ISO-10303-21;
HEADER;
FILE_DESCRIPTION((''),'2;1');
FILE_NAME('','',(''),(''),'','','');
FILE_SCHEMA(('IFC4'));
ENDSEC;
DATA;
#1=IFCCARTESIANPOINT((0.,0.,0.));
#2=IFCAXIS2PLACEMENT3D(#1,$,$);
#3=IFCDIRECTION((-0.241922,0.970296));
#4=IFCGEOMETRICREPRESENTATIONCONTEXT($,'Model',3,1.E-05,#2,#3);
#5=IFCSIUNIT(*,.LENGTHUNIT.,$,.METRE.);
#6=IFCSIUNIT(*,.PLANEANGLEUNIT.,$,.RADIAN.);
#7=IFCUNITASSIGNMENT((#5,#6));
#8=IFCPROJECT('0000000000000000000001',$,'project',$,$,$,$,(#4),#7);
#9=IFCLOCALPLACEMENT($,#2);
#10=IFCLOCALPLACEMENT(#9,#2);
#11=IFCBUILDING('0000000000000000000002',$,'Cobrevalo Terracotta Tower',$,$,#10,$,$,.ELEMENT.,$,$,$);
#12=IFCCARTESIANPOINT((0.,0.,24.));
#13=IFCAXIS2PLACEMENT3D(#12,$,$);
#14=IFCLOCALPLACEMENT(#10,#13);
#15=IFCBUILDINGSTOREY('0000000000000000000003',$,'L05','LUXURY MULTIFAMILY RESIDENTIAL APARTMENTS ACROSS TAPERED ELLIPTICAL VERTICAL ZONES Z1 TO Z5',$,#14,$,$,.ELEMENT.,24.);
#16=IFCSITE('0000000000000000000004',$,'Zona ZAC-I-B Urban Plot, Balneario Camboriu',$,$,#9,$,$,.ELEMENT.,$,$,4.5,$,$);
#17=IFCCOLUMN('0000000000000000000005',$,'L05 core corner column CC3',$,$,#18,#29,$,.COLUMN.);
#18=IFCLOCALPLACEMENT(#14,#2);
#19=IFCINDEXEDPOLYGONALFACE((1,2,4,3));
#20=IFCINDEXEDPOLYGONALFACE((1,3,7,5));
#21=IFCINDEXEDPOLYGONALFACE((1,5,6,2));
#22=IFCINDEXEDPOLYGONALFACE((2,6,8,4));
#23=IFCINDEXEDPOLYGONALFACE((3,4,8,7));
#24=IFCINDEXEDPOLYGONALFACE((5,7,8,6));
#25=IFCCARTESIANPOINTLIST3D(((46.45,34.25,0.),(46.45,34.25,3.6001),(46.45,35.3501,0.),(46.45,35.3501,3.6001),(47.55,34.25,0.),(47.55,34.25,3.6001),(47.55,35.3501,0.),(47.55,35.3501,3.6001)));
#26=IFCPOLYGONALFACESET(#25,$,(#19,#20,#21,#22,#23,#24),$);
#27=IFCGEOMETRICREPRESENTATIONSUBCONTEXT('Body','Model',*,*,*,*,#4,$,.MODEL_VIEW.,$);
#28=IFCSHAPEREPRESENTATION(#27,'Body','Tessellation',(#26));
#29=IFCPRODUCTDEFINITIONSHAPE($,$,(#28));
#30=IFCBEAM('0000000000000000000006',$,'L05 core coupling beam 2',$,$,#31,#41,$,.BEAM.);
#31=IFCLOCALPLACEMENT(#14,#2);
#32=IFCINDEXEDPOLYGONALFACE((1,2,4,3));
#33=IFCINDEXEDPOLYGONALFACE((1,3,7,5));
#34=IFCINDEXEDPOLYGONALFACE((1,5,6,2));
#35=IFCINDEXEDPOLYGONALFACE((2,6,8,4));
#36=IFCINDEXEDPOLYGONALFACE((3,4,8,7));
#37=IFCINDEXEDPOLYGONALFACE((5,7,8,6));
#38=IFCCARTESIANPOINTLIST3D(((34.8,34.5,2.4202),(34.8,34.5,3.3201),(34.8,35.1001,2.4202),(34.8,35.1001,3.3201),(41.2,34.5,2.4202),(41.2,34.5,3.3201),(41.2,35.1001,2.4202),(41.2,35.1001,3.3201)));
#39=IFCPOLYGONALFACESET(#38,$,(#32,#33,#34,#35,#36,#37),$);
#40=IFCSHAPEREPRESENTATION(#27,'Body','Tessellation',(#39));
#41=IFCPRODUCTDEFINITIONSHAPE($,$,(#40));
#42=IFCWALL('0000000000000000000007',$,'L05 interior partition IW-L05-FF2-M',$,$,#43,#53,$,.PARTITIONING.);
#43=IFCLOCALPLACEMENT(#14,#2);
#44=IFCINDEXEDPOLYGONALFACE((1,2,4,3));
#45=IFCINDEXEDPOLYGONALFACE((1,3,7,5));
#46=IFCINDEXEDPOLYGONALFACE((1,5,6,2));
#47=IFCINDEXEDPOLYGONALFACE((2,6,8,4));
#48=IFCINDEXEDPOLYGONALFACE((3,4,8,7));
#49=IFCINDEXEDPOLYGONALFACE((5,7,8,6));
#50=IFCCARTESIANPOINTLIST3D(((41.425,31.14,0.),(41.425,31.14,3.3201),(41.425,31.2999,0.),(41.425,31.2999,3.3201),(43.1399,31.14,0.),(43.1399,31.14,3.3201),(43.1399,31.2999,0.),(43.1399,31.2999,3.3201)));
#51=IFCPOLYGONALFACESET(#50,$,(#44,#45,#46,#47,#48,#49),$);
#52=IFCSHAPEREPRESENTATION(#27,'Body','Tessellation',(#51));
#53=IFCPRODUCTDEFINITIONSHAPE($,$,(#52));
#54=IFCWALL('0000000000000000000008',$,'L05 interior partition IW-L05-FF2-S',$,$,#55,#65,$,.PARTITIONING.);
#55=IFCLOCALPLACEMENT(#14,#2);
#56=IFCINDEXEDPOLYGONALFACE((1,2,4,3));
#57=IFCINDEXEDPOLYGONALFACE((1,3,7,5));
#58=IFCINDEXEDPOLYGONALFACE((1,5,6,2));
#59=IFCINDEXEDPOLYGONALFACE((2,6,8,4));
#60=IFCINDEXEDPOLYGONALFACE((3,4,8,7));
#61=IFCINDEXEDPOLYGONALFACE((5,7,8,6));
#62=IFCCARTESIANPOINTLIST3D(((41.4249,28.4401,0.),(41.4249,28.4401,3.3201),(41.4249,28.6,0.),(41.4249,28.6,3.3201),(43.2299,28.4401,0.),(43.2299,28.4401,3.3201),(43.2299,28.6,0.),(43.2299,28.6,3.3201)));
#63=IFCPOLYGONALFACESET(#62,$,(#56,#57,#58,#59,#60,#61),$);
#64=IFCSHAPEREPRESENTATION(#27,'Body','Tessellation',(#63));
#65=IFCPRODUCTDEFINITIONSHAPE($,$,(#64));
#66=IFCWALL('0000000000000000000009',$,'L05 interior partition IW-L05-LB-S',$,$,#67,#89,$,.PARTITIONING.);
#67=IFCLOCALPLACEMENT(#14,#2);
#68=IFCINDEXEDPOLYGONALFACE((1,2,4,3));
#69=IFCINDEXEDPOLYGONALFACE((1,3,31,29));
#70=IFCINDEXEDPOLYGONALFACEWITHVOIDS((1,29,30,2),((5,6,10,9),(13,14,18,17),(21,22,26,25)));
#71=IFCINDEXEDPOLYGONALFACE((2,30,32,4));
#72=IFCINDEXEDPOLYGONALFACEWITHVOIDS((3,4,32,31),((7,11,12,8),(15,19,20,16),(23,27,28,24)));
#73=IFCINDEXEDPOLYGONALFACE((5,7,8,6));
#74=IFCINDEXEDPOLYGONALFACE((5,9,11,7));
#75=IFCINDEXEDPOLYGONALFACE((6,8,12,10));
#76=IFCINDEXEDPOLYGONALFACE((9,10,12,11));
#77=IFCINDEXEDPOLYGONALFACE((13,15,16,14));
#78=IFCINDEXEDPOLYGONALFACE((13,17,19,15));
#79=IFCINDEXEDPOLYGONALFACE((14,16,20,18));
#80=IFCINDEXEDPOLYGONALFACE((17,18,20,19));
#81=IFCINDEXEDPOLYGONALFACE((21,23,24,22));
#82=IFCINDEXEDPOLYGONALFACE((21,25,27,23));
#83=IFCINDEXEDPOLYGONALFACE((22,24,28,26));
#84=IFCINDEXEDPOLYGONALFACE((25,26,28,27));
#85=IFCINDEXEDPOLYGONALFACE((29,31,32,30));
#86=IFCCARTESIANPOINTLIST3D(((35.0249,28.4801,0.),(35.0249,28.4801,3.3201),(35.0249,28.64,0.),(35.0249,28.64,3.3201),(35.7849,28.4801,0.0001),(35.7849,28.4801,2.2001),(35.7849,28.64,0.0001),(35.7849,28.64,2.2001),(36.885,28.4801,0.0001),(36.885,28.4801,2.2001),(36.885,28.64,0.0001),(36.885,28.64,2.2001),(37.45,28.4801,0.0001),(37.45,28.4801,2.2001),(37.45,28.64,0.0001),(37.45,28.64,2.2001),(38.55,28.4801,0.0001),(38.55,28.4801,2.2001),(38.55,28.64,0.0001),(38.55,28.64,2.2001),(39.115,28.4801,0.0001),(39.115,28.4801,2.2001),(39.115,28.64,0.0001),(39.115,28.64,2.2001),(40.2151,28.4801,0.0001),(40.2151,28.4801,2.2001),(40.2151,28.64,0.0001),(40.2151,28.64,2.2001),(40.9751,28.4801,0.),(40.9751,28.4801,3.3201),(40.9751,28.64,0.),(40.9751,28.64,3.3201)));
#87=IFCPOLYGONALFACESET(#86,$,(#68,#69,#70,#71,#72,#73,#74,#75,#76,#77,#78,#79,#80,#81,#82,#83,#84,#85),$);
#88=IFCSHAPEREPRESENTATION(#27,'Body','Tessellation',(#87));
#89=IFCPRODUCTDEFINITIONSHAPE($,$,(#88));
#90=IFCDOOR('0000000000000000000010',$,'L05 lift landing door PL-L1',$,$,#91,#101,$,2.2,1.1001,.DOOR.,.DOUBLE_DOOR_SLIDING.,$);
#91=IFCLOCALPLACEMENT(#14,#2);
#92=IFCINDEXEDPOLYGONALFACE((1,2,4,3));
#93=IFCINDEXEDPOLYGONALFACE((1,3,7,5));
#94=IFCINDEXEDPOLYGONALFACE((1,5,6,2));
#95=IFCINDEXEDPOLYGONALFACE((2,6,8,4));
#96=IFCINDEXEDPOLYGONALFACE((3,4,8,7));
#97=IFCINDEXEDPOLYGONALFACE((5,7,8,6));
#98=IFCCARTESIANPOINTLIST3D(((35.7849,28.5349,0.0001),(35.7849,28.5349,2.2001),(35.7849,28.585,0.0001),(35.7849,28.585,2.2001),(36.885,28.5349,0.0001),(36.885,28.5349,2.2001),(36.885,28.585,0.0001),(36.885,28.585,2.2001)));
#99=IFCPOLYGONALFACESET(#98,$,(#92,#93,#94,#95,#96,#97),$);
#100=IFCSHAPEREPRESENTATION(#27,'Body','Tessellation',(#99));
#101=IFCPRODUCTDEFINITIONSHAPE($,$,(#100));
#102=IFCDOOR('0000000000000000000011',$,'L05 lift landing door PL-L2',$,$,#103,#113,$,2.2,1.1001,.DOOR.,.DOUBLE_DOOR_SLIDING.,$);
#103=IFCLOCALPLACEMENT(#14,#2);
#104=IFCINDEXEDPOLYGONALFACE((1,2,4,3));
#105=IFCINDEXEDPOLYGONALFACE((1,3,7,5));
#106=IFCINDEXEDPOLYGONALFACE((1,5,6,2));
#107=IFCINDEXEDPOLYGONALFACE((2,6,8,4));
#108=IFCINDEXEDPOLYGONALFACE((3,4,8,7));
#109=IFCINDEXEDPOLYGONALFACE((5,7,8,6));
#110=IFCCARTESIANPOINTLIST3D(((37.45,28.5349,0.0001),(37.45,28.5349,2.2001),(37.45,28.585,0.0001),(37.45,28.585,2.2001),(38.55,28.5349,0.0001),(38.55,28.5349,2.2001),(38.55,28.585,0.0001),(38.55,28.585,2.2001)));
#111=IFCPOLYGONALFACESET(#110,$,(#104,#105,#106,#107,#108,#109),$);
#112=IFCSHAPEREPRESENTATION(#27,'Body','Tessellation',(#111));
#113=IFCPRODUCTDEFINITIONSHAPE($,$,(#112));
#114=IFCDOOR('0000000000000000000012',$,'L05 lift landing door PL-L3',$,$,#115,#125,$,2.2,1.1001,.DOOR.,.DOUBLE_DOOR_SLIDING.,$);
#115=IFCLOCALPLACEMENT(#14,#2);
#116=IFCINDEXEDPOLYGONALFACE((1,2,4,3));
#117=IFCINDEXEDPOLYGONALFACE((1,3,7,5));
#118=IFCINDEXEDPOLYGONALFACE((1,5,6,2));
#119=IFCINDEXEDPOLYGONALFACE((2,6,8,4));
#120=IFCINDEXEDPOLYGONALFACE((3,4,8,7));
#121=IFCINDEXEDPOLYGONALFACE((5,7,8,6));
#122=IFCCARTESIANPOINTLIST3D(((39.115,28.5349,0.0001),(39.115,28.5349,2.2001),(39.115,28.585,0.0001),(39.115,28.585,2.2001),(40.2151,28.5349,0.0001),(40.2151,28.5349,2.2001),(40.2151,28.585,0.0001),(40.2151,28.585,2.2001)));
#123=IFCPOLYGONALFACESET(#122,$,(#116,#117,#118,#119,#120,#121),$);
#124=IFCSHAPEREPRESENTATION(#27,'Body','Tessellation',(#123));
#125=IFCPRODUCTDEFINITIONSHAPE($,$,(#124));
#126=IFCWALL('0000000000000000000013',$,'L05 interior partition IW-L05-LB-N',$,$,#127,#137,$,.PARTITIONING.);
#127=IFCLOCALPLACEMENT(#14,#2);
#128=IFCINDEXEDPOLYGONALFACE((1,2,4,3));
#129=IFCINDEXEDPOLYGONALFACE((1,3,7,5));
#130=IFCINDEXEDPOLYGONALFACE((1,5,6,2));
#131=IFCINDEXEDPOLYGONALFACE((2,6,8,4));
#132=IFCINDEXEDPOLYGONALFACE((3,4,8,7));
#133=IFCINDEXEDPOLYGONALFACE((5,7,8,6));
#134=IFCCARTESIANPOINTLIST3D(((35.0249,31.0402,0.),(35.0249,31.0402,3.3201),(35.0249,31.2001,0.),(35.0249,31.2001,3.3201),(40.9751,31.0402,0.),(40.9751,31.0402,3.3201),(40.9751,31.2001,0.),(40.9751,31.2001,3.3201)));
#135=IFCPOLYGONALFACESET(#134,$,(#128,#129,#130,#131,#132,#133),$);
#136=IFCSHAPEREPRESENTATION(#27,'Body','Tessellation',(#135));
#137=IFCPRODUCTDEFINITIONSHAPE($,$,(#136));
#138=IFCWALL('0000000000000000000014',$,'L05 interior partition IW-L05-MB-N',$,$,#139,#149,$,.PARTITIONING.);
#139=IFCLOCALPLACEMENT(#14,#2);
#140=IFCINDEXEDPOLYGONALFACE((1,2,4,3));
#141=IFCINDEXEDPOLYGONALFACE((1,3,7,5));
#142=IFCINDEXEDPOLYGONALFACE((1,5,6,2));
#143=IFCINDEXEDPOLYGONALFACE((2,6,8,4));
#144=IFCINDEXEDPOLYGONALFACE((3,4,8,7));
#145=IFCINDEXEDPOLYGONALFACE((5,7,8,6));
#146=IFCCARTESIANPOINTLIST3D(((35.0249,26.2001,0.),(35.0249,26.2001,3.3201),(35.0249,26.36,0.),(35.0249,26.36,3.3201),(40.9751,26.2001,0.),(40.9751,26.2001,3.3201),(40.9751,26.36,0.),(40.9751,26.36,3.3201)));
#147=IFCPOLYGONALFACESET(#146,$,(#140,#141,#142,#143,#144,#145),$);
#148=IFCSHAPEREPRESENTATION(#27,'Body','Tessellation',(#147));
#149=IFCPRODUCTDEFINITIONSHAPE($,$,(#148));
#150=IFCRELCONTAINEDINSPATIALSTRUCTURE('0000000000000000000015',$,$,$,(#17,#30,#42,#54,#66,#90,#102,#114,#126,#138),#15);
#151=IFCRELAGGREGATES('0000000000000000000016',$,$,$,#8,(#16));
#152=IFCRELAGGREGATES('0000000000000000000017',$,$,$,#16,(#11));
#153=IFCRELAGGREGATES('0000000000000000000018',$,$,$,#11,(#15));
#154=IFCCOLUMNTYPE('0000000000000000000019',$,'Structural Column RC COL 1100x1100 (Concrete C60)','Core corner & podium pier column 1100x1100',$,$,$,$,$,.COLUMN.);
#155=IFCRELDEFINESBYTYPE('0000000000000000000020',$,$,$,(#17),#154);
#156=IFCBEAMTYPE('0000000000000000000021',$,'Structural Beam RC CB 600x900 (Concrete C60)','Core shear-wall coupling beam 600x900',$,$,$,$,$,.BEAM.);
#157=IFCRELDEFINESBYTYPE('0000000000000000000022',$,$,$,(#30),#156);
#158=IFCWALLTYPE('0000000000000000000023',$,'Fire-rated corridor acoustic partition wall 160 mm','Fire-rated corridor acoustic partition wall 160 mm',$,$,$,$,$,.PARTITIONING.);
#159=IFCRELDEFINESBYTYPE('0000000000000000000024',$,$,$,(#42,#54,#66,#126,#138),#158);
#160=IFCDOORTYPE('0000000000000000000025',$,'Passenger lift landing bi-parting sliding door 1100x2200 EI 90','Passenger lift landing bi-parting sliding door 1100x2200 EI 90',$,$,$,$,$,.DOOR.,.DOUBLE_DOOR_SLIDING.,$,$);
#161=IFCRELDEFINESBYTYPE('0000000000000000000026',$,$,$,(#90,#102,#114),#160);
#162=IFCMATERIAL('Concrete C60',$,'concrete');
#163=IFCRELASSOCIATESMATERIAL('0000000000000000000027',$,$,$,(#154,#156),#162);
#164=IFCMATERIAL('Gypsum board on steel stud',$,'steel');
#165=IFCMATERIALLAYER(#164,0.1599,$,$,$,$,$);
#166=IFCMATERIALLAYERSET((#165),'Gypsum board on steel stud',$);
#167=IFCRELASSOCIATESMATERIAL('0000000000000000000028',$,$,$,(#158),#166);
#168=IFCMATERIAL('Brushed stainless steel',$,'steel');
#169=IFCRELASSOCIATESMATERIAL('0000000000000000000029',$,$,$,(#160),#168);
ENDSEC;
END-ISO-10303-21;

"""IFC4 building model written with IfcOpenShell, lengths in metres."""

from ifc_helpers import new_model, si_unit, direction, frame, frame_2d, origin, origin_2d, place, context, subcontext, project, spatial, rectangle, extrude, source, transform, mapped, material, layer, layer_set, material_profile, profile_set, type_object, element, fill, save


model = new_model("IFC4")

# Units and contexts
model_context = context("Model", 3, precision=1e-05, world=origin(), true_north=direction((-0.241922, 0.970296)))
body_context = subcontext(model_context, "Body", "Model", "MODEL_VIEW")
ifc_project = project(units=[si_unit("LENGTHUNIT", "METRE"), si_unit("PLANEANGLEUNIT", "RADIAN")], contexts=[model_context])

# Site, building, storey
site_placement = place(None, origin())
site = spatial("IfcSite", under=ifc_project, at=site_placement, Name="Zona ZAC-I-B Urban Plot, Balneario Camboriu", CompositionType="ELEMENT", RefElevation=4.5)
building_placement = place(site_placement, origin())
building = spatial("IfcBuilding", under=site, at=building_placement, Name="Cobrevalo Terracotta Tower", CompositionType="ELEMENT")
storey_placement = place(building_placement, frame((0.0, 0.0, 24.0)))
storey = spatial("IfcBuildingStorey", under=building, at=storey_placement, Name="L05", Description="LUXURY MULTIFAMILY RESIDENTIAL APARTMENTS ACROSS TAPERED ELLIPTICAL VERTICAL ZONES Z1 TO Z5", CompositionType="ELEMENT", Elevation=24.0)

# Column
ifc_material_1 = material(Name="Concrete C60", Category="concrete")
ifc_material_profile_1 = material_profile(ifc_material_1, rectangle(XDim=1.1001, YDim=1.1001, at=origin_2d()), Name="RC COL 1100x1100")
ifc_profile_set_1 = profile_set([ifc_material_profile_1], Name="Concrete C60")
column_type = type_object("IfcColumnType", Name="Structural Column RC COL 1100x1100 (Concrete C60)", Description="Core corner & podium pier column 1100x1100", PredefinedType="COLUMN", material=ifc_profile_set_1)
column_placement = place(storey_placement, frame((47.0, 34.8, 0.0), z_axis=(0.0, 0.0, 1.0), x_axis=(1.0, 0.0, 0.0)))
element("IfcColumn", 1, at=column_placement, inside=storey, type_object=column_type, Name="L05 core corner column CC3", PredefinedType="COLUMN", context=body_context, shape_type="SweptSolid", body=[
    extrude(rectangle(XDim=1.1001, YDim=1.1001, at=origin_2d()), origin(), (0.0, 0.0, 1.0), 3.6001),
])

# Beam
ifc_material_profile_2 = material_profile(ifc_material_1, rectangle(XDim=0.6001, YDim=0.8999, at=origin_2d()), Name="RC CB 600x900")
ifc_profile_set_2 = profile_set([ifc_material_profile_2], Name="Concrete C60")
beam_type = type_object("IfcBeamType", Name="Structural Beam RC CB 600x900 (Concrete C60)", Description="Core shear-wall coupling beam 600x900", PredefinedType="BEAM", material=ifc_profile_set_2)
beam_placement = place(storey_placement, frame((34.8, 34.8, 2.8701), z_axis=(1.0, 0.0, 0.0), x_axis=(0.0, 1.0, 0.0)))
element("IfcBeam", 2, at=beam_placement, inside=storey, type_object=beam_type, Name="L05 core coupling beam 2", PredefinedType="BEAM", context=body_context, shape_type="SweptSolid", body=[
    extrude(rectangle(XDim=0.6001, YDim=0.8999, at=origin_2d()), origin(), (0.0, 0.0, 1.0), 6.3999),
])

# Walls
ifc_material_2 = material(Name="Gypsum board on steel stud", Category="steel")
ifc_layer_1 = layer(ifc_material_2, 0.1599)
ifc_layer_set_1 = layer_set([ifc_layer_1], Name="Gypsum board on steel stud")
wall_type_1 = type_object("IfcWallType", Name="Fire-rated corridor acoustic partition wall 160 mm", Description="Fire-rated corridor acoustic partition wall 160 mm", PredefinedType="PARTITIONING", material=ifc_layer_set_1)
wall_1_placement = place(storey_placement, frame((41.425, 31.22, 0.0), z_axis=(0.0, 0.0, 1.0), x_axis=(1.0, 0.0, 0.0)))
element("IfcWall", 3, at=wall_1_placement, inside=storey, type_object=wall_type_1, Name="L05 interior partition IW-L05-FF2-M", PredefinedType="PARTITIONING", context=body_context, shape_type="SweptSolid", body=[
    extrude(rectangle(XDim=1.7148, YDim=0.1599, at=frame_2d((0.8574, 0.0))), origin(), (0.0, 0.0, 1.0), 3.3201),
])
wall_2_placement = place(storey_placement, frame((41.425, 28.52, 0.0), z_axis=(0.0, 0.0, 1.0), x_axis=(1.0, 0.0, 0.0)))
element("IfcWall", 4, at=wall_2_placement, inside=storey, type_object=wall_type_1, Name="L05 interior partition IW-L05-FF2-S", PredefinedType="PARTITIONING", context=body_context, shape_type="SweptSolid", body=[
    extrude(rectangle(XDim=1.8049, YDim=0.1599, at=frame_2d((0.9023, 0.0))), origin(), (0.0, 0.0, 1.0), 3.3201),
])

# Wall, openings, doors
wall_3_placement = place(storey_placement, frame((35.0249, 28.5601, 0.0), z_axis=(0.0, 0.0, 1.0), x_axis=(1.0, 0.0, 0.0)))
wall_3 = element("IfcWall", 5, at=wall_3_placement, inside=storey, type_object=wall_type_1, Name="L05 interior partition IW-L05-LB-S", PredefinedType="PARTITIONING", context=body_context, shape_type="SweptSolid", body=[
    extrude(rectangle(XDim=5.9502, YDim=0.1599, at=frame_2d((2.9751, 0.0))), origin(), (0.0, 0.0, 1.0), 3.3201),
])
opening_1_placement = place(wall_3_placement, frame((0.76, 0.0, 0.0)))
opening_1 = element("IfcOpeningElement", 6, at=opening_1_placement, cuts=wall_3, PredefinedType="OPENING", context=body_context, shape_type="SweptSolid", body=[
    extrude(rectangle(XDim=1.1001, YDim=2.2, at=frame_2d((0.55, 1.1001))), frame((0.0, 0.0898, 0.0), z_axis=(0.0, -1.0, 0.0), x_axis=(1.0, 0.0, 0.0)), (0.0, 0.0, 1.0), 0.1799),
])
opening_2_placement = place(wall_3_placement, frame((2.425, 0.0, 0.0)))
opening_2 = element("IfcOpeningElement", 7, at=opening_2_placement, cuts=wall_3, PredefinedType="OPENING", context=body_context, shape_type="SweptSolid", body=[
    extrude(rectangle(XDim=1.1001, YDim=2.2, at=frame_2d((0.55, 1.1001))), frame((0.0, 0.0898, 0.0), z_axis=(0.0, -1.0, 0.0), x_axis=(1.0, 0.0, 0.0)), (0.0, 0.0, 1.0), 0.1799),
])
opening_3_placement = place(wall_3_placement, frame((4.0901, 0.0, 0.0)))
opening_3 = element("IfcOpeningElement", 8, at=opening_3_placement, cuts=wall_3, PredefinedType="OPENING", context=body_context, shape_type="SweptSolid", body=[
    extrude(rectangle(XDim=1.1001, YDim=2.2, at=frame_2d((0.55, 1.1001))), frame((0.0, 0.0898, 0.0), z_axis=(0.0, -1.0, 0.0), x_axis=(1.0, 0.0, 0.0)), (0.0, 0.0, 1.0), 0.1799),
])
ifc_material_3 = material(Name="Brushed stainless steel", Category="steel")
door_type_1 = type_object("IfcDoorType", Name="Passenger lift landing bi-parting sliding door 1100x2200 EI 90", Description="Passenger lift landing bi-parting sliding door 1100x2200 EI 90", OperationType="DOUBLE_DOOR_SLIDING", PredefinedType="DOOR", material=ifc_material_3)
shared_shape_1 = source(origin(), body_context, "Body", "SweptSolid", [
    extrude(rectangle(XDim=1.1001, YDim=2.2, at=frame_2d((0.55, 1.1001))), frame((0.0, 0.0249, 0.0), z_axis=(0.0, -1.0, 0.0), x_axis=(1.0, 0.0, 0.0)), (0.0, 0.0, 1.0), 0.05),
])
door_1_placement = place(opening_1_placement, origin())
door_1 = element("IfcDoor", 9, at=door_1_placement, inside=storey, type_object=door_type_1, Name="L05 lift landing door PL-L1", OperationType="DOUBLE_DOOR_SLIDING", OverallHeight=2.2, OverallWidth=1.1001, PredefinedType="DOOR", context=body_context, shape_type="MappedRepresentation", body=[
    mapped(shared_shape_1, transform((0.0, 0.0, 0.0), scale=1.0)),
])
fill(opening_1, door_1)
door_2_placement = place(opening_2_placement, origin())
door_2 = element("IfcDoor", 10, at=door_2_placement, inside=storey, type_object=door_type_1, Name="L05 lift landing door PL-L2", OperationType="DOUBLE_DOOR_SLIDING", OverallHeight=2.2, OverallWidth=1.1001, PredefinedType="DOOR", context=body_context, shape_type="MappedRepresentation", body=[
    mapped(shared_shape_1, transform((0.0, 0.0, 0.0), scale=1.0)),
])
fill(opening_2, door_2)
door_3_placement = place(opening_3_placement, origin())
door_3 = element("IfcDoor", 11, at=door_3_placement, inside=storey, type_object=door_type_1, Name="L05 lift landing door PL-L3", OperationType="DOUBLE_DOOR_SLIDING", OverallHeight=2.2, OverallWidth=1.1001, PredefinedType="DOOR", context=body_context, shape_type="MappedRepresentation", body=[
    mapped(shared_shape_1, transform((0.0, 0.0, 0.0), scale=1.0)),
])
fill(opening_3, door_3)

# Walls
for number, where, z_axis, x_axis, name in (
    (12, (35.0249, 31.1201, 0.0), (0.0, 0.0, 1.0), (1.0, 0.0, 0.0), "L05 interior partition IW-L05-LB-N"),
    (13, (35.0249, 26.28, 0.0), (0.0, 0.0, 1.0), (1.0, 0.0, 0.0), "L05 interior partition IW-L05-MB-N"),
):
    element("IfcWall", number, at=place(storey_placement, frame(where, z_axis=z_axis, x_axis=x_axis)), inside=storey, type_object=wall_type_1, Name=name, PredefinedType="PARTITIONING", context=body_context, shape_type="SweptSolid", body=[
        extrude(rectangle(XDim=5.9502, YDim=0.1599, at=frame_2d((2.9751, 0.0))), origin(), (0.0, 0.0, 1.0), 3.3201),
    ])

save(model, "model.ifc")
